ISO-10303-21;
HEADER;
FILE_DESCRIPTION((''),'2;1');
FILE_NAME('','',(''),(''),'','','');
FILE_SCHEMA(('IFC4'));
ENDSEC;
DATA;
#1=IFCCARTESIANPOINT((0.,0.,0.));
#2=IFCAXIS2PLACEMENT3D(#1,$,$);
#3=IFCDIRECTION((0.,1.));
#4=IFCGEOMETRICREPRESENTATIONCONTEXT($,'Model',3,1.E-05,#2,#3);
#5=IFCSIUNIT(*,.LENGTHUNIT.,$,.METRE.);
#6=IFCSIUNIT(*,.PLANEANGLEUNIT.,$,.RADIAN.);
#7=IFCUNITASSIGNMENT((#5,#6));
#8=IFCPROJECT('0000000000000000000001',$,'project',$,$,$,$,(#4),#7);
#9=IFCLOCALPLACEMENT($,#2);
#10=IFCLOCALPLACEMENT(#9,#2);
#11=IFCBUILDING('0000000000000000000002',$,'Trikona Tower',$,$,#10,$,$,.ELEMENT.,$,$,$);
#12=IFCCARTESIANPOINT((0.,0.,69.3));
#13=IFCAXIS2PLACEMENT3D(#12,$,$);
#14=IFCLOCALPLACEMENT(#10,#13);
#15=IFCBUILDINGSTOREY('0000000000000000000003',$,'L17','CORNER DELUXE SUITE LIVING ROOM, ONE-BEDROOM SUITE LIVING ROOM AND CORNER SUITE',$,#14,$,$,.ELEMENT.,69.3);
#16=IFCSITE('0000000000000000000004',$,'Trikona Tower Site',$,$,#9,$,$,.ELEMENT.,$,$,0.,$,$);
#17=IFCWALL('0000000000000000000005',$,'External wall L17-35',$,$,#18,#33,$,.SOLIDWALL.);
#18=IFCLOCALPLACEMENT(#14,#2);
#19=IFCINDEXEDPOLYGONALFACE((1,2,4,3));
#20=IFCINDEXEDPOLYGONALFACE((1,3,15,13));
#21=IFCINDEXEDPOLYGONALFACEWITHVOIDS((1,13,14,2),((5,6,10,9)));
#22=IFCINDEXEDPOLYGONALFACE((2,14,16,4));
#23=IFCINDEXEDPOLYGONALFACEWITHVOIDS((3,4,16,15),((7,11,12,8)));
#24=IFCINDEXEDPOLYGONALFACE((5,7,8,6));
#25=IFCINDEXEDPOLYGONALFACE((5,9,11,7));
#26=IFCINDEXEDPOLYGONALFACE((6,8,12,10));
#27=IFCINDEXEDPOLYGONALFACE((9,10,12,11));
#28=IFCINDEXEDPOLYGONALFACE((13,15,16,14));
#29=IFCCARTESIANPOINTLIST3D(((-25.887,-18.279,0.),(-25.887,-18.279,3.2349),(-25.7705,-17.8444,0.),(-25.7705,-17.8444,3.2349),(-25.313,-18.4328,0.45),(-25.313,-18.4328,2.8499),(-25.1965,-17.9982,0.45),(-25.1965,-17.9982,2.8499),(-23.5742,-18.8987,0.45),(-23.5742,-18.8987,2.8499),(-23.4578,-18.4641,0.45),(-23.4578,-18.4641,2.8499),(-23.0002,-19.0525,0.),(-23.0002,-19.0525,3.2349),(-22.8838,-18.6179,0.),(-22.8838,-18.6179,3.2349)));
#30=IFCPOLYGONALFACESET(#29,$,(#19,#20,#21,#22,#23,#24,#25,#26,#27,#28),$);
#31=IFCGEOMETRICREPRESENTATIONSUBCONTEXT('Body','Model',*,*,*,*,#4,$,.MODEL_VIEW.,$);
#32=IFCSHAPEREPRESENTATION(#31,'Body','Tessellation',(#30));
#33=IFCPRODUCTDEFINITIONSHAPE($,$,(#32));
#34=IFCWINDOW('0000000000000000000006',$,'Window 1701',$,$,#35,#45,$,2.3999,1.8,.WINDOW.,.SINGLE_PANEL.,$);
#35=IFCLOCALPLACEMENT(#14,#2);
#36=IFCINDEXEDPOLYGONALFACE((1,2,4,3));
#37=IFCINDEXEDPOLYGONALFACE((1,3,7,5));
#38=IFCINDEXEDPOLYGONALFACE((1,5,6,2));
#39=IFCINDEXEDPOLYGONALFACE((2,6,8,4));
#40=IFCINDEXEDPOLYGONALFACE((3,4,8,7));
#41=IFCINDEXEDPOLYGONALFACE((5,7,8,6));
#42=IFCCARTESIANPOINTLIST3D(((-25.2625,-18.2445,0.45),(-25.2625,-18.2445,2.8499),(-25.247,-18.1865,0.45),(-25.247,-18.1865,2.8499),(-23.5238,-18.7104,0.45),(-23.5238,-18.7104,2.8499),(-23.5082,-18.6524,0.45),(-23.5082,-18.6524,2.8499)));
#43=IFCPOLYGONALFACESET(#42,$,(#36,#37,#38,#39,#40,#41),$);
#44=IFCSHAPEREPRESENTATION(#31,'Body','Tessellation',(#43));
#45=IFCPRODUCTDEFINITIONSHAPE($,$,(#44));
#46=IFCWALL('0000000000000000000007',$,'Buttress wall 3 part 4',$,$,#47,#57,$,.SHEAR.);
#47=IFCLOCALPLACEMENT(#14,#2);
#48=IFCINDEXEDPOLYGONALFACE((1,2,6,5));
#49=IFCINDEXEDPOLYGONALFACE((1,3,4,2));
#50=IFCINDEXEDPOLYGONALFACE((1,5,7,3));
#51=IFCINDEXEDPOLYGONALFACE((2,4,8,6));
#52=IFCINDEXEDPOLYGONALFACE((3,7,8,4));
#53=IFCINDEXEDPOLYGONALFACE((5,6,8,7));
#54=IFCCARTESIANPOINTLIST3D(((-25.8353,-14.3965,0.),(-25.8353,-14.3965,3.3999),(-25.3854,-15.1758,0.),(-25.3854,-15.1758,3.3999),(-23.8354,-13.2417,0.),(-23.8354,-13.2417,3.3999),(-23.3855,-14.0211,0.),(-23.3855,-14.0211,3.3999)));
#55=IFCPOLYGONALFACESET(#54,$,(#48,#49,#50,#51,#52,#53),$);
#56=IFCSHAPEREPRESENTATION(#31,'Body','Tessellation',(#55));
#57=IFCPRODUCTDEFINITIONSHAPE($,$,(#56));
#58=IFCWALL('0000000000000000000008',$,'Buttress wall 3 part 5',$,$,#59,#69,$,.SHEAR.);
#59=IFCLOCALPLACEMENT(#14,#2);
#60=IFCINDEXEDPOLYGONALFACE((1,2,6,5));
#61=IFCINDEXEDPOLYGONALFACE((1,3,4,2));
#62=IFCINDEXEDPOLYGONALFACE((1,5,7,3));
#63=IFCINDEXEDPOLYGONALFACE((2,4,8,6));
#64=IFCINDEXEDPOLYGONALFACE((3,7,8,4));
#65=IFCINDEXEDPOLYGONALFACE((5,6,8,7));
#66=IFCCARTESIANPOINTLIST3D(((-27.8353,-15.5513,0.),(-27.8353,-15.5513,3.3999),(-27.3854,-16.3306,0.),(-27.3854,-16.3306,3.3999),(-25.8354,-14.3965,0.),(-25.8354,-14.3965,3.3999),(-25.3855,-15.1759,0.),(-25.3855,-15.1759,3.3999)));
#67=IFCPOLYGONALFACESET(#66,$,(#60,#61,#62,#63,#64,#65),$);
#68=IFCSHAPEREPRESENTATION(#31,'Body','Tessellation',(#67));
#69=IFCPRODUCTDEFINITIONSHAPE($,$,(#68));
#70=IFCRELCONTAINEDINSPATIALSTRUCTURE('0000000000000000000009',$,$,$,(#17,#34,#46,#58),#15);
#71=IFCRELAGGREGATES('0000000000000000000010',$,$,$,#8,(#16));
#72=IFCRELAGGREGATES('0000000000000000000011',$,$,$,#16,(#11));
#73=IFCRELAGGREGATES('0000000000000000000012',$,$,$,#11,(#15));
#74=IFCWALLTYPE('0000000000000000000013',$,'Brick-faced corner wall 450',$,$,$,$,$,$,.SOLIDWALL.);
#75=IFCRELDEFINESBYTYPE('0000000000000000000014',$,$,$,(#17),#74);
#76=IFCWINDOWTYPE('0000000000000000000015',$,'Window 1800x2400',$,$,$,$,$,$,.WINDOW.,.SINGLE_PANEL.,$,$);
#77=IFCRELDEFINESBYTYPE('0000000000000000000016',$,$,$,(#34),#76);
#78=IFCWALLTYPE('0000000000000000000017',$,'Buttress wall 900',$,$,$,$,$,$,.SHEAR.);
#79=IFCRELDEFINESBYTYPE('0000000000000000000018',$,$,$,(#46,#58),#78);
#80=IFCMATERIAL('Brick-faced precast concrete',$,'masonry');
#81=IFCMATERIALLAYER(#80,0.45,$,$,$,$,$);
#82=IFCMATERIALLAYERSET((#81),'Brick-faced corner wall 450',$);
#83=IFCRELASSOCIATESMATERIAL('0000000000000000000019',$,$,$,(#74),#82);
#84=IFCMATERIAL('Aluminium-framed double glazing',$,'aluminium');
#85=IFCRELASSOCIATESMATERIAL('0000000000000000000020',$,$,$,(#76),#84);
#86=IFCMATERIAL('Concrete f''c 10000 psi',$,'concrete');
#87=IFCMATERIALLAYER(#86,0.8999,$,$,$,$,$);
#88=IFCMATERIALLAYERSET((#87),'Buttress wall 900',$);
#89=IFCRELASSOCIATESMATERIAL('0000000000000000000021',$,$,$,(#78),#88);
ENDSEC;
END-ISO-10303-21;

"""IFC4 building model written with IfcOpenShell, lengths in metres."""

from ifc_helpers import new_model, si_unit, direction, frame, frame_2d, origin, place, context, subcontext, project, spatial, rectangle, extrude, material, layer, layer_set, type_object, element, fill, save


model = new_model("IFC4")

# Units and contexts
model_context = context("Model", 3, precision=1e-05, world=origin(), true_north=direction((0.0, 1.0)))
body_context = subcontext(model_context, "Body", "Model", "MODEL_VIEW")
ifc_project = project(units=[si_unit("LENGTHUNIT", "METRE"), si_unit("PLANEANGLEUNIT", "RADIAN")], contexts=[model_context])

# Site, building, storey
site_placement = place(None, origin())
site = spatial("IfcSite", under=ifc_project, at=site_placement, Name="Trikona Tower Site", CompositionType="ELEMENT", RefElevation=0.0)
building_placement = place(site_placement, origin())
building = spatial("IfcBuilding", under=site, at=building_placement, Name="Trikona Tower", CompositionType="ELEMENT")
storey_placement = place(building_placement, frame((0.0, 0.0, 69.3)))
storey = spatial("IfcBuildingStorey", under=building, at=storey_placement, Name="L17", Description="CORNER DELUXE SUITE LIVING ROOM, ONE-BEDROOM SUITE LIVING ROOM AND CORNER SUITE", CompositionType="ELEMENT", Elevation=69.3)

# Wall, opening, window
ifc_material_1 = material(Name="Brick-faced precast concrete", Category="masonry")
ifc_layer_1 = layer(ifc_material_1, 0.45)
ifc_layer_set_1 = layer_set([ifc_layer_1], Name="Brick-faced corner wall 450")
wall_type_1 = type_object("IfcWallType", Name="Brick-faced corner wall 450", PredefinedType="SOLIDWALL", material=ifc_layer_set_1)
wall_1_placement = place(storey_placement, frame((-25.8286, -18.0618, 0.0), z_axis=(0.0, 0.0, 1.0), x_axis=(0.965931, -0.258801, 0.0)))
wall_1 = element("IfcWall", 1, at=wall_1_placement, inside=storey, type_object=wall_type_1, Name="External wall L17-35", PredefinedType="SOLIDWALL", context=body_context, shape_type="SweptSolid", body=[
    extrude(rectangle(XDim=2.9885, YDim=0.45, at=frame_2d((1.4941, 0.0))), origin(), (0.0, 0.0, 1.0), 3.2349),
])
opening_1_placement = place(wall_1_placement, frame((0.5942, 0.0, 0.45)))
opening_1 = element("IfcOpeningElement", 2, at=opening_1_placement, cuts=wall_1, PredefinedType="OPENING", context=body_context, shape_type="SweptSolid", body=[
    extrude(rectangle(XDim=1.8, YDim=2.3999, at=frame_2d((0.8999, 1.2))), frame((0.0, 0.2349, 0.0), z_axis=(0.0, -1.0, 0.0), x_axis=(1.0, 0.0, 0.0)), (0.0, 0.0, 1.0), 0.47),
])
ifc_material_2 = material(Name="Aluminium-framed double glazing", Category="aluminium")
window_type_1 = type_object("IfcWindowType", Name="Window 1800x2400", PartitioningType="SINGLE_PANEL", PredefinedType="WINDOW", material=ifc_material_2)
window_1_placement = place(opening_1_placement, origin())
window_1 = element("IfcWindow", 3, at=window_1_placement, inside=storey, type_object=window_type_1, Name="Window 1701", OverallHeight=2.3999, OverallWidth=1.8, PartitioningType="SINGLE_PANEL", PredefinedType="WINDOW", context=body_context, shape_type="SweptSolid", body=[
    extrude(rectangle(XDim=1.8, YDim=2.3999, at=frame_2d((0.8999, 1.2))), frame((0.0, 0.03, 0.0), z_axis=(0.0, -1.0, 0.0), x_axis=(1.0, 0.0, 0.0)), (0.0, 0.0, 1.0), 0.0601),
])
fill(opening_1, window_1)

# Walls
ifc_material_3 = material(Name="Concrete f'c 10000 psi", Category="concrete")
ifc_layer_2 = layer(ifc_material_3, 0.8999)
ifc_layer_set_2 = layer_set([ifc_layer_2], Name="Buttress wall 900")
wall_type_2 = type_object("IfcWallType", Name="Buttress wall 900", PredefinedType="SHEAR", material=ifc_layer_set_2)
for number, where, z_axis, x_axis, name in (
    (4, (-23.6104, -13.6313, 0.0), (0.0, 0.0, 1.0), (-0.86601, -0.500027, 0.0), "Buttress wall 3 part 4"),
    (5, (-25.6104, -14.7861, 0.0), (0.0, 0.0, 1.0), (-0.86601, -0.500027, 0.0), "Buttress wall 3 part 5"),
):
    element("IfcWall", number, at=place(storey_placement, frame(where, z_axis=z_axis, x_axis=x_axis)), inside=storey, type_object=wall_type_2, Name=name, PredefinedType="SHEAR", context=body_context, shape_type="SweptSolid", body=[
        extrude(rectangle(XDim=2.3093, YDim=0.8999, at=frame_2d((1.1548, 0.0))), origin(), (0.0, 0.0, 1.0), 3.3999),
    ])

save(model, "model.ifc")
